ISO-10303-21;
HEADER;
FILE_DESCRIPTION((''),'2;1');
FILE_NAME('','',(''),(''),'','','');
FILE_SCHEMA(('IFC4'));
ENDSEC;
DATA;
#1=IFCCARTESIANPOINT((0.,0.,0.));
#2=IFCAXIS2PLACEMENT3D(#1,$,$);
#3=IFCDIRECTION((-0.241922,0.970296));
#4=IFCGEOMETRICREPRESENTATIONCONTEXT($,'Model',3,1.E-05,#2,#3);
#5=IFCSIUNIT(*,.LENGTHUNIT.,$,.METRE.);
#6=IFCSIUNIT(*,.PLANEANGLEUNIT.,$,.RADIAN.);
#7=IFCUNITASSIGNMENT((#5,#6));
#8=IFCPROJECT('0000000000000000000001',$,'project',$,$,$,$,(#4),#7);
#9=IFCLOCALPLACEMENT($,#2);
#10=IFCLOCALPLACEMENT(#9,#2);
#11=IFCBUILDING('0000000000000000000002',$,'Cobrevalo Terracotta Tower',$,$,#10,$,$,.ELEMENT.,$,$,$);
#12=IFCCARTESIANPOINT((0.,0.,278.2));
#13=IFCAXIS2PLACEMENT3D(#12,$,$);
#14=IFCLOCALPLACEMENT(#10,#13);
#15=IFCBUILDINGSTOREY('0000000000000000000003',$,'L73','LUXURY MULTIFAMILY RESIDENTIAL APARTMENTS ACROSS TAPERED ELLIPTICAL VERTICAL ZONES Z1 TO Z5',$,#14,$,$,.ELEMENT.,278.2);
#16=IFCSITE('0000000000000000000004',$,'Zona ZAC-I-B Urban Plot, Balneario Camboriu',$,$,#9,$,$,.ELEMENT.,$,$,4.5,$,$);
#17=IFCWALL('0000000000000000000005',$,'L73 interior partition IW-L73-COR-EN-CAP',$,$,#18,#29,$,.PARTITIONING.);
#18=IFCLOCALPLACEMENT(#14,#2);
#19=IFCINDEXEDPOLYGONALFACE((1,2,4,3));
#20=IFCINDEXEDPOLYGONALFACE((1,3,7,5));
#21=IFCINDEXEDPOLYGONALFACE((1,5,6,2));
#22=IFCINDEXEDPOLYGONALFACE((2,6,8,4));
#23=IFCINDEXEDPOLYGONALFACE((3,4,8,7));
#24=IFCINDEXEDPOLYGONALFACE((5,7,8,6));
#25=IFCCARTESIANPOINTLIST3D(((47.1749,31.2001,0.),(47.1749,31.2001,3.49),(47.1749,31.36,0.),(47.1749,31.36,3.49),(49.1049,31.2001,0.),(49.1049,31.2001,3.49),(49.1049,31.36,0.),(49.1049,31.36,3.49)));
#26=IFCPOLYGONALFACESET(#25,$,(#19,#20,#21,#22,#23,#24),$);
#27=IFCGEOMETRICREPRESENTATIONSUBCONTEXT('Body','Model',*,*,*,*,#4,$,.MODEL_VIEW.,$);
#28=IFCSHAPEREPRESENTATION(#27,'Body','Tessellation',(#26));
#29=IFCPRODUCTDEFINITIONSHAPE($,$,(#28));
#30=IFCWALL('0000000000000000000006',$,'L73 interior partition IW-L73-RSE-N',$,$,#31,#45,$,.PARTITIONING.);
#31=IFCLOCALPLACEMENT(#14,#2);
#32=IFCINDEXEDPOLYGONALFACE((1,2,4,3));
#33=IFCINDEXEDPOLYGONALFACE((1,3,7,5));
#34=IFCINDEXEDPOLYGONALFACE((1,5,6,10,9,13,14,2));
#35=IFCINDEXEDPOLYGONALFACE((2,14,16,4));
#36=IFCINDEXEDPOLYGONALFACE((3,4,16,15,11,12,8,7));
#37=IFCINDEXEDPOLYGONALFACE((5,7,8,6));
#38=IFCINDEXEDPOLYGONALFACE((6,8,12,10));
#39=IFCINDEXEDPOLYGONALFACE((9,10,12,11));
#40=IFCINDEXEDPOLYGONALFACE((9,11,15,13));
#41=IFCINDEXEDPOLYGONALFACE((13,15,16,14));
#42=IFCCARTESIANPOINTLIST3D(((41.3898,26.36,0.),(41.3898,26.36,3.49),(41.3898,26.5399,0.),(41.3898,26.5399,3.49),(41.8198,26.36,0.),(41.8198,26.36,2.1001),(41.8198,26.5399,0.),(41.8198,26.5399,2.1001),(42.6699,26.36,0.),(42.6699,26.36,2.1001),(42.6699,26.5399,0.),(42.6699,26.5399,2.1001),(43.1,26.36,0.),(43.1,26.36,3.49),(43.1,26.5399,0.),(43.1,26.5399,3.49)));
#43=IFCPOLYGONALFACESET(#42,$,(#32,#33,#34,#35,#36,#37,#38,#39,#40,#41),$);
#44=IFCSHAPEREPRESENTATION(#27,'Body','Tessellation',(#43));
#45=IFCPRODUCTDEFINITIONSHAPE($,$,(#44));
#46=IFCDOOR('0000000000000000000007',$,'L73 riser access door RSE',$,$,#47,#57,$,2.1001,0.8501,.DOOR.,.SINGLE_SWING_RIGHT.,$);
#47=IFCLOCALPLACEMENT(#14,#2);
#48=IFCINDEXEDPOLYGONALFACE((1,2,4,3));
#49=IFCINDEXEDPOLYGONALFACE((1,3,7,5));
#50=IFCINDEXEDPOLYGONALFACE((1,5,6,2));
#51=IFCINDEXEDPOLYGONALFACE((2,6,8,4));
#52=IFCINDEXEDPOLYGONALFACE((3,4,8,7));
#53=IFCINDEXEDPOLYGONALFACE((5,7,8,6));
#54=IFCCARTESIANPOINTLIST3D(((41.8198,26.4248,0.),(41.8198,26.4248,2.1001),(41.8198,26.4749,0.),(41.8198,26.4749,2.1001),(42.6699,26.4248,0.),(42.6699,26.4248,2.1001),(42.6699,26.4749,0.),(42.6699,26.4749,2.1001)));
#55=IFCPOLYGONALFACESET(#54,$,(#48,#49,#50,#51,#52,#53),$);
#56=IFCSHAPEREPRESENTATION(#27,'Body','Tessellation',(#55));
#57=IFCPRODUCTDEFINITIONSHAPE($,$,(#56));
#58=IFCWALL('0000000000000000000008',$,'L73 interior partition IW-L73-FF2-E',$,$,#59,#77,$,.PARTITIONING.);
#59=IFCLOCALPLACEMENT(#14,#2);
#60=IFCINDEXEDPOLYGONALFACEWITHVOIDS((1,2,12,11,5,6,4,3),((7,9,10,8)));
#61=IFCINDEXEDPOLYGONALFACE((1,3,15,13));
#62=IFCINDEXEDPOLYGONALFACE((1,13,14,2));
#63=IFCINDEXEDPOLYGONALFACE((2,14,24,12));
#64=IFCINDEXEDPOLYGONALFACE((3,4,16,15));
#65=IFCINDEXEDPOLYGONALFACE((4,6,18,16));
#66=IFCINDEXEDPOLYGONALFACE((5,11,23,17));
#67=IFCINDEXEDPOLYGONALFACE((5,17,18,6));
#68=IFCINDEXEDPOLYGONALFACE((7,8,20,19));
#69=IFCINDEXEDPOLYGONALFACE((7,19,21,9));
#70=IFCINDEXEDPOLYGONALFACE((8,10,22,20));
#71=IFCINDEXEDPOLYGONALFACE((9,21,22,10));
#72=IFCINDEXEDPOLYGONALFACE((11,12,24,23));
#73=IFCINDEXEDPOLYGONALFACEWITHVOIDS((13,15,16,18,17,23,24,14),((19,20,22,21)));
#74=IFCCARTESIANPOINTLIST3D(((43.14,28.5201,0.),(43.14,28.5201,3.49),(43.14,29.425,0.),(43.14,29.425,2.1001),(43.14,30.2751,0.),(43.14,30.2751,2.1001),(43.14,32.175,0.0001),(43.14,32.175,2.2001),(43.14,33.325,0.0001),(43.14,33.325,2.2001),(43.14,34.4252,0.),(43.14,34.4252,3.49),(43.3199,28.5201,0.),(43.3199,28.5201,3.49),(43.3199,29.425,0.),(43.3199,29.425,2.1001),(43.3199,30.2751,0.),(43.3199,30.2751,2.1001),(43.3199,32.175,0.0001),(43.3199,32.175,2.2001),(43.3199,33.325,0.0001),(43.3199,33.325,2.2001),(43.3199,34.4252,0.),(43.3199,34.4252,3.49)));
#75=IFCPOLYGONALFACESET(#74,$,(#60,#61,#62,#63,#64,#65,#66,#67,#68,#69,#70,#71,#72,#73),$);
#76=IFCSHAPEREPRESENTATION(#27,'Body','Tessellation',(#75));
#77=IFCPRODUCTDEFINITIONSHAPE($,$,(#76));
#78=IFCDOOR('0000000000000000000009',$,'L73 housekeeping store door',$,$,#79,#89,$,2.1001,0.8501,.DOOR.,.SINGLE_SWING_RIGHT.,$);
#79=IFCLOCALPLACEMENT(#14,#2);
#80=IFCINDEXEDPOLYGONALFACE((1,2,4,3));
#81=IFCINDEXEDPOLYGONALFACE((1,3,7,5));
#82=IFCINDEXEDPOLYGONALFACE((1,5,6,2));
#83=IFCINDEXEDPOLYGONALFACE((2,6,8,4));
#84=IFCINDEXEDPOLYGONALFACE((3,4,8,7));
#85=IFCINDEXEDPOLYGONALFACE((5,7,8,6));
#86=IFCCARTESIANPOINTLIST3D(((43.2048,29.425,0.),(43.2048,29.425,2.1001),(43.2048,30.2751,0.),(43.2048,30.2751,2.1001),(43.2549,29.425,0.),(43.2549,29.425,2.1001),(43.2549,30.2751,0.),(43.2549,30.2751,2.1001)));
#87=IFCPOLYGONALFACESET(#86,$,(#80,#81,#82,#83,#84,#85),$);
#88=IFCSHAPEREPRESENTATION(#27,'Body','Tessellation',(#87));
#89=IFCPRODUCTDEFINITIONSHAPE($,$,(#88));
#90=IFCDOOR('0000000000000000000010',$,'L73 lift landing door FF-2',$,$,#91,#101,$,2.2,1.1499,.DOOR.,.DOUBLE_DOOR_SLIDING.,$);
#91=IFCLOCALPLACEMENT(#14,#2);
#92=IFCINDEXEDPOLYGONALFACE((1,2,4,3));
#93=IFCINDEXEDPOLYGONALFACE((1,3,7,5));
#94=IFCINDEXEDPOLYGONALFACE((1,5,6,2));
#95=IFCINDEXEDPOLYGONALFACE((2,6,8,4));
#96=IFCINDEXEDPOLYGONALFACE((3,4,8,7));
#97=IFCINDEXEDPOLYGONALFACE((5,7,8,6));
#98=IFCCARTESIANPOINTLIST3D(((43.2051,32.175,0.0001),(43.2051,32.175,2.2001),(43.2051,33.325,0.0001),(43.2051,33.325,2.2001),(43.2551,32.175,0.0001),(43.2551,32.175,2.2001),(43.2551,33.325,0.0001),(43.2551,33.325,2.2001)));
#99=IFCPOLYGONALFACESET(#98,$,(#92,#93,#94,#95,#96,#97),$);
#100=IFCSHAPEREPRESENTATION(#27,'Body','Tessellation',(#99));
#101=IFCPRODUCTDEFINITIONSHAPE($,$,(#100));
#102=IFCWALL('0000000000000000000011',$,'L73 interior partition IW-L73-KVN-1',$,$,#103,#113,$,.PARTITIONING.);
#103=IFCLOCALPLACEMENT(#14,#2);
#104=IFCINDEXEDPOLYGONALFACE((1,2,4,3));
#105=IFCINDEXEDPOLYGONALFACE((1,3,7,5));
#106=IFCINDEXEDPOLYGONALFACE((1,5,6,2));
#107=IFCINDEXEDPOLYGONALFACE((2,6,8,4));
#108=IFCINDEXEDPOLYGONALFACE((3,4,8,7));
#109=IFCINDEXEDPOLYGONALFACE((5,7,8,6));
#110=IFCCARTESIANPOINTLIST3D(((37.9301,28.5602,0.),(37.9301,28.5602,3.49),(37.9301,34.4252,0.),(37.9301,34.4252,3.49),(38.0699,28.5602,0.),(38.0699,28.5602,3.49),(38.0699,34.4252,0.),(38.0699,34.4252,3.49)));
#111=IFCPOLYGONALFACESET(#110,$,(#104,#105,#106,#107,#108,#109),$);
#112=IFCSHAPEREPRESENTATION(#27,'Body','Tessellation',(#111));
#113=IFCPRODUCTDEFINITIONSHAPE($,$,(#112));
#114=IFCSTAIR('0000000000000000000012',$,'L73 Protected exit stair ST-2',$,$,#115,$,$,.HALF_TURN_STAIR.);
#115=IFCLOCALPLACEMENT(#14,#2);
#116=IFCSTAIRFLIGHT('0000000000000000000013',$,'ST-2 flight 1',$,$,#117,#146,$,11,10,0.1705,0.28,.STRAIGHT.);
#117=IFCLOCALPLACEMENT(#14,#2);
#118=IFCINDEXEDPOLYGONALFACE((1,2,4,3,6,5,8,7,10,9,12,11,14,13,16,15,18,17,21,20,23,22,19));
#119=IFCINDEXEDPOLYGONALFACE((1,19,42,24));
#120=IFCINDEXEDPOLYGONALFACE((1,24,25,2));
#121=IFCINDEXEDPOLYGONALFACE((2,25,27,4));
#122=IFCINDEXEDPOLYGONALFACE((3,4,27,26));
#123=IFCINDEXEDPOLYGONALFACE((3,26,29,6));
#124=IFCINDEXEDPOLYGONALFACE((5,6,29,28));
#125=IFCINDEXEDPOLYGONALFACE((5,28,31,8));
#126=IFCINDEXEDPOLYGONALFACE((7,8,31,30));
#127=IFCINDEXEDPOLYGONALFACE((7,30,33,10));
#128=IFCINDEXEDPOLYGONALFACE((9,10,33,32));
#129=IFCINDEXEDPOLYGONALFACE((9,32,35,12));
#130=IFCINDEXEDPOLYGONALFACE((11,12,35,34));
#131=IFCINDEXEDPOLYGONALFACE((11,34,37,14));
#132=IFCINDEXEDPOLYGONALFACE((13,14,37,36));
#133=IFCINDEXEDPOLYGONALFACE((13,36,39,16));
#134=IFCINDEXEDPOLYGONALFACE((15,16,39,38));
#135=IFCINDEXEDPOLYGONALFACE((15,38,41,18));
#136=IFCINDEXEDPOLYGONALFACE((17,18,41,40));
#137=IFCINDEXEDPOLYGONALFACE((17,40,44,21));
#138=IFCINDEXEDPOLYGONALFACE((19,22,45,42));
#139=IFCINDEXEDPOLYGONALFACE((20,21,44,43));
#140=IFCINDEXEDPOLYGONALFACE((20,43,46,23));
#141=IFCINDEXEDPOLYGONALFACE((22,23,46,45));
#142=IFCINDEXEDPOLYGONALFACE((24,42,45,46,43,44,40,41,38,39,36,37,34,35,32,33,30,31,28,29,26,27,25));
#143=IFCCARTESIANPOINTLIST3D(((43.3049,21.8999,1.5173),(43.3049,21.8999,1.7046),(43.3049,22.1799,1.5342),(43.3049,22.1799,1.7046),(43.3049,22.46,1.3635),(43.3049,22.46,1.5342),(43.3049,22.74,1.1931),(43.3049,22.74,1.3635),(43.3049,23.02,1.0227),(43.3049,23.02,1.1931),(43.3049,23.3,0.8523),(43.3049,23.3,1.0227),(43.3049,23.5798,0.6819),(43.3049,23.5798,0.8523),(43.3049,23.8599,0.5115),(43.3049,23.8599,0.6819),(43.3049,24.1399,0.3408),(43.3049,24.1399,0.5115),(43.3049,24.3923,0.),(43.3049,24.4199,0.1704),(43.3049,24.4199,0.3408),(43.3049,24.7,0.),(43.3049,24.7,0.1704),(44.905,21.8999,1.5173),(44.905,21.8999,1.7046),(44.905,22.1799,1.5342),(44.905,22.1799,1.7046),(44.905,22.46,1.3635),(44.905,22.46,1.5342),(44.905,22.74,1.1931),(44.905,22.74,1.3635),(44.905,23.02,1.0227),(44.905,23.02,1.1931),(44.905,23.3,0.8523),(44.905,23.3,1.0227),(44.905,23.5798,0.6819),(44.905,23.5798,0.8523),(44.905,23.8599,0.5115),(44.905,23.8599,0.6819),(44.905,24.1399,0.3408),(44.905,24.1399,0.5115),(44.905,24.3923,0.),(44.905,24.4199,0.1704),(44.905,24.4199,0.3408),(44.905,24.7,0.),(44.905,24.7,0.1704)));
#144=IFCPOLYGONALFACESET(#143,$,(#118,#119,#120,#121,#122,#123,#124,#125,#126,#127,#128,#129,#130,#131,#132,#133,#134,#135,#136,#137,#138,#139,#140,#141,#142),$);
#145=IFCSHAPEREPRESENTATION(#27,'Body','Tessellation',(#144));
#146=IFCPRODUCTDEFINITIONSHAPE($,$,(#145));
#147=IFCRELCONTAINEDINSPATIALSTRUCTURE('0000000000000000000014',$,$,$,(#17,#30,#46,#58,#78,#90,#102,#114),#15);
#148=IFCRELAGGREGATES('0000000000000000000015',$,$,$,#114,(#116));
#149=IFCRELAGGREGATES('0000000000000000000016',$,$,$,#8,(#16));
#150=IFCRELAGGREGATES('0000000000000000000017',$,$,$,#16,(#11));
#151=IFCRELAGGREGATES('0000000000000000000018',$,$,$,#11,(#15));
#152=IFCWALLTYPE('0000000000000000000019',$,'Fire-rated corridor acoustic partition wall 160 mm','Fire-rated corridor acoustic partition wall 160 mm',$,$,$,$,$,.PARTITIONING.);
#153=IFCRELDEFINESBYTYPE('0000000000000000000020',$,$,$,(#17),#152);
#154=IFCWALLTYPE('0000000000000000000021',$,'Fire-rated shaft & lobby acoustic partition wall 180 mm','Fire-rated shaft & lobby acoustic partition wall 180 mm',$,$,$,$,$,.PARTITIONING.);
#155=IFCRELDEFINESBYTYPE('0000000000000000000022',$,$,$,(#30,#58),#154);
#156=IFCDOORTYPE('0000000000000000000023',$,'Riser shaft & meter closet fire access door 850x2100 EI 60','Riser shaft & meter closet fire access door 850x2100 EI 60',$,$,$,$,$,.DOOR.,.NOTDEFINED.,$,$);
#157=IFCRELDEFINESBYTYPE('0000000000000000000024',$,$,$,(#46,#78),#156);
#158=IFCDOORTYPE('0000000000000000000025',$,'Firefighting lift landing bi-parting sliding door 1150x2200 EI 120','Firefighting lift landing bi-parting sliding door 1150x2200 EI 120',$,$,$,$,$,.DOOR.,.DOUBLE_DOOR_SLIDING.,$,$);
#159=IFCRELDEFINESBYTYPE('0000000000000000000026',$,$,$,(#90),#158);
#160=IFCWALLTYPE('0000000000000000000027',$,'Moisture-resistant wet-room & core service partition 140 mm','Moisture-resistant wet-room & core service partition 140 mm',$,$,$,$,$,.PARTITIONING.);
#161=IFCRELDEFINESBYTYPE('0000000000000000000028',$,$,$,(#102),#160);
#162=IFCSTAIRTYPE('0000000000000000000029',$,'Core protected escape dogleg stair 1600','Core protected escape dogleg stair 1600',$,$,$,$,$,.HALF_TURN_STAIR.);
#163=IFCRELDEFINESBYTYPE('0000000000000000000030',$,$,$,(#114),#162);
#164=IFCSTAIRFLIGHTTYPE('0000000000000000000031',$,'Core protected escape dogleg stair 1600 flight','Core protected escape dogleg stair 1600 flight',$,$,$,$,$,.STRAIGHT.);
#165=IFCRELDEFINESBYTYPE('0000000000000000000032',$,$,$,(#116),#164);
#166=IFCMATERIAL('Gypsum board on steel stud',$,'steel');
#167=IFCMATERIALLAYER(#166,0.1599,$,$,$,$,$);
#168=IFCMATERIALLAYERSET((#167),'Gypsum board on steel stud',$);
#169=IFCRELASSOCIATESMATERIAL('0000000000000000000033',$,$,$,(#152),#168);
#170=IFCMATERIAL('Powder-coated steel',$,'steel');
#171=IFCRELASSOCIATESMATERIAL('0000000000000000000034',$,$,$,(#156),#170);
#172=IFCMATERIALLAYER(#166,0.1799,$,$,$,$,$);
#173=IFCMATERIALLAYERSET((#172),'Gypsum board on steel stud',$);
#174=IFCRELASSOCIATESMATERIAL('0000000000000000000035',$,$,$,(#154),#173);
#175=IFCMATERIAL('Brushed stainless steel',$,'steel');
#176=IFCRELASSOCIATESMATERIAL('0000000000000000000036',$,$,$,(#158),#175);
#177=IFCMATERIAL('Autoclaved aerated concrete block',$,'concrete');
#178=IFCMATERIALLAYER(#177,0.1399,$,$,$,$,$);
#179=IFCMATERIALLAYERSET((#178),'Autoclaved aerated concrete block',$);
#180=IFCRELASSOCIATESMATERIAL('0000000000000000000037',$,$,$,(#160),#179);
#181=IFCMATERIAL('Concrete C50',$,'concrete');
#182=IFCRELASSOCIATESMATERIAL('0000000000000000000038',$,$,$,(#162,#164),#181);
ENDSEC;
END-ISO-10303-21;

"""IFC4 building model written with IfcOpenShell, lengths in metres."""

from ifc_helpers import new_model, si_unit, direction, frame, frame_2d, origin, place, context, subcontext, project, spatial, polyline, rectangle, outline, extrude, source, transform, mapped, material, layer, layer_set, type_object, element, fill, aggregate, save


model = new_model("IFC4")

# Units and contexts
model_context = context("Model", 3, precision=1e-05, world=origin(), true_north=direction((-0.241922, 0.970296)))
body_context = subcontext(model_context, "Body", "Model", "MODEL_VIEW")
ifc_project = project(units=[si_unit("LENGTHUNIT", "METRE"), si_unit("PLANEANGLEUNIT", "RADIAN")], contexts=[model_context])

# Site, building, storey
site_placement = place(None, origin())
site = spatial("IfcSite", under=ifc_project, at=site_placement, Name="Zona ZAC-I-B Urban Plot, Balneario Camboriu", CompositionType="ELEMENT", RefElevation=4.5)
building_placement = place(site_placement, origin())
building = spatial("IfcBuilding", under=site, at=building_placement, Name="Cobrevalo Terracotta Tower", CompositionType="ELEMENT")
storey_placement = place(building_placement, frame((0.0, 0.0, 278.2)))
storey = spatial("IfcBuildingStorey", under=building, at=storey_placement, Name="L73", Description="LUXURY MULTIFAMILY RESIDENTIAL APARTMENTS ACROSS TAPERED ELLIPTICAL VERTICAL ZONES Z1 TO Z5", CompositionType="ELEMENT", Elevation=278.2)

# Shared definitions
ifc_material_1 = material(Name="Gypsum board on steel stud", Category="steel")
ifc_layer_1 = layer(ifc_material_1, 0.1599)
ifc_layer_set_1 = layer_set([ifc_layer_1], Name="Gypsum board on steel stud")
wall_type_1 = type_object("IfcWallType", Name="Fire-rated corridor acoustic partition wall 160 mm", Description="Fire-rated corridor acoustic partition wall 160 mm", PredefinedType="PARTITIONING", material=ifc_layer_set_1)

# Shared definitions
ifc_material_2 = material(Name="Powder-coated steel", Category="steel")
door_type_1 = type_object("IfcDoorType", Name="Riser shaft & meter closet fire access door 850x2100 EI 60", Description="Riser shaft & meter closet fire access door 850x2100 EI 60", OperationType="NOTDEFINED", PredefinedType="DOOR", material=ifc_material_2)
shared_shape_1 = source(origin(), body_context, "Body", "SweptSolid", [
    extrude(rectangle(XDim=0.8501, YDim=2.1001, at=frame_2d((0.425, 1.05))), frame((0.0, 0.0249, 0.0), z_axis=(0.0, -1.0, 0.0), x_axis=(1.0, 0.0, 0.0)), (0.0, 0.0, 1.0), 0.05),
])
ifc_material_3 = material(Name="Brushed stainless steel", Category="steel")

# Wall
wall_1_placement = place(storey_placement, frame((47.175, 31.28, 0.0), z_axis=(0.0, 0.0, 1.0), x_axis=(1.0, 0.0, 0.0)))
element("IfcWall", 1, at=wall_1_placement, inside=storey, type_object=wall_type_1, Name="L73 interior partition IW-L73-COR-EN-CAP", PredefinedType="PARTITIONING", context=body_context, shape_type="SweptSolid", body=[
    extrude(rectangle(XDim=1.9299, YDim=0.1599, at=frame_2d((0.9648, 0.0))), origin(), (0.0, 0.0, 1.0), 3.49),
])

# Wall, opening, door
ifc_layer_2 = layer(ifc_material_1, 0.1799)
ifc_layer_set_2 = layer_set([ifc_layer_2], Name="Gypsum board on steel stud")
wall_type_2 = type_object("IfcWallType", Name="Fire-rated shaft & lobby acoustic partition wall 180 mm", Description="Fire-rated shaft & lobby acoustic partition wall 180 mm", PredefinedType="PARTITIONING", material=ifc_layer_set_2)
wall_2_placement = place(storey_placement, frame((41.3899, 26.45, 0.0), z_axis=(0.0, 0.0, 1.0), x_axis=(1.0, 0.0, 0.0)))
wall_2 = element("IfcWall", 2, at=wall_2_placement, inside=storey, type_object=wall_type_2, Name="L73 interior partition IW-L73-RSE-N", PredefinedType="PARTITIONING", context=body_context, shape_type="SweptSolid", body=[
    extrude(rectangle(XDim=1.7102, YDim=0.1799, at=frame_2d((0.855, 0.0))), origin(), (0.0, 0.0, 1.0), 3.49),
])
opening_1_placement = place(wall_2_placement, frame((0.4299, 0.0, 0.0)))
opening_1 = element("IfcOpeningElement", 3, at=opening_1_placement, cuts=wall_2, PredefinedType="OPENING", context=body_context, shape_type="SweptSolid", body=[
    extrude(rectangle(XDim=0.8501, YDim=2.1001, at=frame_2d((0.425, 1.05))), frame((0.0, 0.1001, 0.0), z_axis=(0.0, -1.0, 0.0), x_axis=(1.0, 0.0, 0.0)), (0.0, 0.0, 1.0), 0.2),
])
door_1_placement = place(opening_1_placement, origin())
door_1 = element("IfcDoor", 4, at=door_1_placement, inside=storey, type_object=door_type_1, Name="L73 riser access door RSE", OperationType="SINGLE_SWING_RIGHT", OverallHeight=2.1001, OverallWidth=0.8501, PredefinedType="DOOR", context=body_context, shape_type="MappedRepresentation", body=[
    mapped(shared_shape_1, transform((0.0, 0.0, 0.0), scale=1.0)),
])
fill(opening_1, door_1)

# Wall, openings, doors
wall_3_placement = place(storey_placement, frame((43.23, 28.52, 0.0), z_axis=(0.0, 0.0, 1.0), x_axis=(0.0, 1.0, 0.0)))
wall_3 = element("IfcWall", 5, at=wall_3_placement, inside=storey, type_object=wall_type_2, Name="L73 interior partition IW-L73-FF2-E", PredefinedType="PARTITIONING", context=body_context, shape_type="SweptSolid", body=[
    extrude(rectangle(XDim=5.905, YDim=0.1799, at=frame_2d((2.9526, 0.0))), origin(), (0.0, 0.0, 1.0), 3.49),
])
opening_2_placement = place(wall_3_placement, frame((0.905, 0.0, 0.0)))
opening_2 = element("IfcOpeningElement", 6, at=opening_2_placement, cuts=wall_3, PredefinedType="OPENING", context=body_context, shape_type="SweptSolid", body=[
    extrude(rectangle(XDim=0.8501, YDim=2.1001, at=frame_2d((0.425, 1.05))), frame((0.0, 0.1001, 0.0), z_axis=(0.0, -1.0, 0.0), x_axis=(1.0, 0.0, 0.0)), (0.0, 0.0, 1.0), 0.2),
])
opening_3_placement = place(wall_3_placement, frame((3.655, 0.0, 0.0)))
opening_3 = element("IfcOpeningElement", 7, at=opening_3_placement, cuts=wall_3, PredefinedType="OPENING", context=body_context, shape_type="SweptSolid", body=[
    extrude(rectangle(XDim=1.1499, YDim=2.2, at=frame_2d((0.575, 1.1001))), frame((0.0, 0.1001, 0.0), z_axis=(0.0, -1.0, 0.0), x_axis=(1.0, 0.0, 0.0)), (0.0, 0.0, 1.0), 0.2),
])
door_2_placement = place(opening_2_placement, frame((0.8501, 0.0, 0.0), z_axis=(0.0, 0.0, 1.0), x_axis=(-1.0, 0.0, 0.0)))
door_2 = element("IfcDoor", 8, at=door_2_placement, inside=storey, type_object=door_type_1, Name="L73 housekeeping store door", OperationType="SINGLE_SWING_RIGHT", OverallHeight=2.1001, OverallWidth=0.8501, PredefinedType="DOOR", context=body_context, shape_type="MappedRepresentation", body=[
    mapped(shared_shape_1, transform((0.0, 0.0, 0.0), scale=1.0)),
])
fill(opening_2, door_2)
door_type_2 = type_object("IfcDoorType", Name="Firefighting lift landing bi-parting sliding door 1150x2200 EI 120", Description="Firefighting lift landing bi-parting sliding door 1150x2200 EI 120", OperationType="DOUBLE_DOOR_SLIDING", PredefinedType="DOOR", material=ifc_material_3)
shared_shape_2 = source(origin(), body_context, "Body", "SweptSolid", [
    extrude(rectangle(XDim=1.1499, YDim=2.2, at=frame_2d((0.575, 1.1001))), frame((0.0, 0.0249, 0.0), z_axis=(0.0, -1.0, 0.0), x_axis=(1.0, 0.0, 0.0)), (0.0, 0.0, 1.0), 0.05),
])
door_3_placement = place(opening_3_placement, origin())
door_3 = element("IfcDoor", 9, at=door_3_placement, inside=storey, type_object=door_type_2, Name="L73 lift landing door FF-2", OperationType="DOUBLE_DOOR_SLIDING", OverallHeight=2.2, OverallWidth=1.1499, PredefinedType="DOOR", context=body_context, shape_type="MappedRepresentation", body=[
    mapped(shared_shape_2, transform((0.0, 0.0, 0.0), scale=1.0)),
])
fill(opening_3, door_3)

# Wall
ifc_material_4 = material(Name="Autoclaved aerated concrete block", Category="concrete")
ifc_layer_3 = layer(ifc_material_4, 0.1399)
ifc_layer_set_3 = layer_set([ifc_layer_3], Name="Autoclaved aerated concrete block")
wall_type_3 = type_object("IfcWallType", Name="Moisture-resistant wet-room & core service partition 140 mm", Description="Moisture-resistant wet-room & core service partition 140 mm", PredefinedType="PARTITIONING", material=ifc_layer_set_3)
wall_4_placement = place(storey_placement, frame((38.0, 28.5601, 0.0), z_axis=(0.0, 0.0, 1.0), x_axis=(0.0, 1.0, 0.0)))
element("IfcWall", 10, at=wall_4_placement, inside=storey, type_object=wall_type_3, Name="L73 interior partition IW-L73-KVN-1", PredefinedType="PARTITIONING", context=body_context, shape_type="SweptSolid", body=[
    extrude(rectangle(XDim=5.865, YDim=0.1399, at=frame_2d((2.9326, 0.0))), origin(), (0.0, 0.0, 1.0), 3.49),
])

# Shared definitions
ifc_material_5 = material(Name="Concrete C50", Category="concrete")

# Stair, stair flight
stair_type = type_object("IfcStairType", Name="Core protected escape dogleg stair 1600", Description="Core protected escape dogleg stair 1600", PredefinedType="HALF_TURN_STAIR", material=ifc_material_5)
stair_placement = place(storey_placement, origin())
stair = element("IfcStair", 11, at=stair_placement, inside=storey, type_object=stair_type, Name="L73 Protected exit stair ST-2", PredefinedType="HALF_TURN_STAIR")
stair_flight_type = type_object("IfcStairFlightType", Name="Core protected escape dogleg stair 1600 flight", Description="Core protected escape dogleg stair 1600 flight", PredefinedType="STRAIGHT", material=ifc_material_5)
stair_flight_placement = place(storey_placement, frame((44.105, 24.7, 0.0), z_axis=(0.0, 0.0, 1.0), x_axis=(0.0, -1.0, 0.0)))
stair_flight = element("IfcStairFlight", 12, at=stair_flight_placement, type_object=stair_flight_type, Name="ST-2 flight 1", NumberOfRisers=11, NumberOfTreads=10, PredefinedType="STRAIGHT", RiserHeight=0.1705, TreadLength=0.28, context=body_context, shape_type="SweptSolid", body=[
    extrude(outline(polyline([(0.0, 0.0), (0.0, 0.1704), (0.28, 0.1704), (0.28, 0.3408), (0.5601, 0.3408), (0.5601, 0.5115), (0.8401, 0.5115), (0.8401, 0.6819), (1.1201, 0.6819), (1.1201, 0.8523), (1.3999, 0.8523), (1.3999, 1.0227), (1.6799, 1.0227), (1.6799, 1.1931), (1.96, 1.1931), (1.96, 1.3635), (2.24, 1.3635), (2.24, 1.5342), (2.52, 1.5342), (2.52, 1.7046), (2.8, 1.7046), (2.8, 1.875), (2.8, 1.5173), (0.3076, 0.0), (0.0, 0.0)])), frame((0.0, 0.8, 0.0), z_axis=(0.0, -1.0, 0.0), x_axis=(1.0, 0.0, 0.0)), (0.0, 0.0, 1.0), 1.6001),
])
aggregate(stair, [stair_flight])

save(model, "model.ifc")
